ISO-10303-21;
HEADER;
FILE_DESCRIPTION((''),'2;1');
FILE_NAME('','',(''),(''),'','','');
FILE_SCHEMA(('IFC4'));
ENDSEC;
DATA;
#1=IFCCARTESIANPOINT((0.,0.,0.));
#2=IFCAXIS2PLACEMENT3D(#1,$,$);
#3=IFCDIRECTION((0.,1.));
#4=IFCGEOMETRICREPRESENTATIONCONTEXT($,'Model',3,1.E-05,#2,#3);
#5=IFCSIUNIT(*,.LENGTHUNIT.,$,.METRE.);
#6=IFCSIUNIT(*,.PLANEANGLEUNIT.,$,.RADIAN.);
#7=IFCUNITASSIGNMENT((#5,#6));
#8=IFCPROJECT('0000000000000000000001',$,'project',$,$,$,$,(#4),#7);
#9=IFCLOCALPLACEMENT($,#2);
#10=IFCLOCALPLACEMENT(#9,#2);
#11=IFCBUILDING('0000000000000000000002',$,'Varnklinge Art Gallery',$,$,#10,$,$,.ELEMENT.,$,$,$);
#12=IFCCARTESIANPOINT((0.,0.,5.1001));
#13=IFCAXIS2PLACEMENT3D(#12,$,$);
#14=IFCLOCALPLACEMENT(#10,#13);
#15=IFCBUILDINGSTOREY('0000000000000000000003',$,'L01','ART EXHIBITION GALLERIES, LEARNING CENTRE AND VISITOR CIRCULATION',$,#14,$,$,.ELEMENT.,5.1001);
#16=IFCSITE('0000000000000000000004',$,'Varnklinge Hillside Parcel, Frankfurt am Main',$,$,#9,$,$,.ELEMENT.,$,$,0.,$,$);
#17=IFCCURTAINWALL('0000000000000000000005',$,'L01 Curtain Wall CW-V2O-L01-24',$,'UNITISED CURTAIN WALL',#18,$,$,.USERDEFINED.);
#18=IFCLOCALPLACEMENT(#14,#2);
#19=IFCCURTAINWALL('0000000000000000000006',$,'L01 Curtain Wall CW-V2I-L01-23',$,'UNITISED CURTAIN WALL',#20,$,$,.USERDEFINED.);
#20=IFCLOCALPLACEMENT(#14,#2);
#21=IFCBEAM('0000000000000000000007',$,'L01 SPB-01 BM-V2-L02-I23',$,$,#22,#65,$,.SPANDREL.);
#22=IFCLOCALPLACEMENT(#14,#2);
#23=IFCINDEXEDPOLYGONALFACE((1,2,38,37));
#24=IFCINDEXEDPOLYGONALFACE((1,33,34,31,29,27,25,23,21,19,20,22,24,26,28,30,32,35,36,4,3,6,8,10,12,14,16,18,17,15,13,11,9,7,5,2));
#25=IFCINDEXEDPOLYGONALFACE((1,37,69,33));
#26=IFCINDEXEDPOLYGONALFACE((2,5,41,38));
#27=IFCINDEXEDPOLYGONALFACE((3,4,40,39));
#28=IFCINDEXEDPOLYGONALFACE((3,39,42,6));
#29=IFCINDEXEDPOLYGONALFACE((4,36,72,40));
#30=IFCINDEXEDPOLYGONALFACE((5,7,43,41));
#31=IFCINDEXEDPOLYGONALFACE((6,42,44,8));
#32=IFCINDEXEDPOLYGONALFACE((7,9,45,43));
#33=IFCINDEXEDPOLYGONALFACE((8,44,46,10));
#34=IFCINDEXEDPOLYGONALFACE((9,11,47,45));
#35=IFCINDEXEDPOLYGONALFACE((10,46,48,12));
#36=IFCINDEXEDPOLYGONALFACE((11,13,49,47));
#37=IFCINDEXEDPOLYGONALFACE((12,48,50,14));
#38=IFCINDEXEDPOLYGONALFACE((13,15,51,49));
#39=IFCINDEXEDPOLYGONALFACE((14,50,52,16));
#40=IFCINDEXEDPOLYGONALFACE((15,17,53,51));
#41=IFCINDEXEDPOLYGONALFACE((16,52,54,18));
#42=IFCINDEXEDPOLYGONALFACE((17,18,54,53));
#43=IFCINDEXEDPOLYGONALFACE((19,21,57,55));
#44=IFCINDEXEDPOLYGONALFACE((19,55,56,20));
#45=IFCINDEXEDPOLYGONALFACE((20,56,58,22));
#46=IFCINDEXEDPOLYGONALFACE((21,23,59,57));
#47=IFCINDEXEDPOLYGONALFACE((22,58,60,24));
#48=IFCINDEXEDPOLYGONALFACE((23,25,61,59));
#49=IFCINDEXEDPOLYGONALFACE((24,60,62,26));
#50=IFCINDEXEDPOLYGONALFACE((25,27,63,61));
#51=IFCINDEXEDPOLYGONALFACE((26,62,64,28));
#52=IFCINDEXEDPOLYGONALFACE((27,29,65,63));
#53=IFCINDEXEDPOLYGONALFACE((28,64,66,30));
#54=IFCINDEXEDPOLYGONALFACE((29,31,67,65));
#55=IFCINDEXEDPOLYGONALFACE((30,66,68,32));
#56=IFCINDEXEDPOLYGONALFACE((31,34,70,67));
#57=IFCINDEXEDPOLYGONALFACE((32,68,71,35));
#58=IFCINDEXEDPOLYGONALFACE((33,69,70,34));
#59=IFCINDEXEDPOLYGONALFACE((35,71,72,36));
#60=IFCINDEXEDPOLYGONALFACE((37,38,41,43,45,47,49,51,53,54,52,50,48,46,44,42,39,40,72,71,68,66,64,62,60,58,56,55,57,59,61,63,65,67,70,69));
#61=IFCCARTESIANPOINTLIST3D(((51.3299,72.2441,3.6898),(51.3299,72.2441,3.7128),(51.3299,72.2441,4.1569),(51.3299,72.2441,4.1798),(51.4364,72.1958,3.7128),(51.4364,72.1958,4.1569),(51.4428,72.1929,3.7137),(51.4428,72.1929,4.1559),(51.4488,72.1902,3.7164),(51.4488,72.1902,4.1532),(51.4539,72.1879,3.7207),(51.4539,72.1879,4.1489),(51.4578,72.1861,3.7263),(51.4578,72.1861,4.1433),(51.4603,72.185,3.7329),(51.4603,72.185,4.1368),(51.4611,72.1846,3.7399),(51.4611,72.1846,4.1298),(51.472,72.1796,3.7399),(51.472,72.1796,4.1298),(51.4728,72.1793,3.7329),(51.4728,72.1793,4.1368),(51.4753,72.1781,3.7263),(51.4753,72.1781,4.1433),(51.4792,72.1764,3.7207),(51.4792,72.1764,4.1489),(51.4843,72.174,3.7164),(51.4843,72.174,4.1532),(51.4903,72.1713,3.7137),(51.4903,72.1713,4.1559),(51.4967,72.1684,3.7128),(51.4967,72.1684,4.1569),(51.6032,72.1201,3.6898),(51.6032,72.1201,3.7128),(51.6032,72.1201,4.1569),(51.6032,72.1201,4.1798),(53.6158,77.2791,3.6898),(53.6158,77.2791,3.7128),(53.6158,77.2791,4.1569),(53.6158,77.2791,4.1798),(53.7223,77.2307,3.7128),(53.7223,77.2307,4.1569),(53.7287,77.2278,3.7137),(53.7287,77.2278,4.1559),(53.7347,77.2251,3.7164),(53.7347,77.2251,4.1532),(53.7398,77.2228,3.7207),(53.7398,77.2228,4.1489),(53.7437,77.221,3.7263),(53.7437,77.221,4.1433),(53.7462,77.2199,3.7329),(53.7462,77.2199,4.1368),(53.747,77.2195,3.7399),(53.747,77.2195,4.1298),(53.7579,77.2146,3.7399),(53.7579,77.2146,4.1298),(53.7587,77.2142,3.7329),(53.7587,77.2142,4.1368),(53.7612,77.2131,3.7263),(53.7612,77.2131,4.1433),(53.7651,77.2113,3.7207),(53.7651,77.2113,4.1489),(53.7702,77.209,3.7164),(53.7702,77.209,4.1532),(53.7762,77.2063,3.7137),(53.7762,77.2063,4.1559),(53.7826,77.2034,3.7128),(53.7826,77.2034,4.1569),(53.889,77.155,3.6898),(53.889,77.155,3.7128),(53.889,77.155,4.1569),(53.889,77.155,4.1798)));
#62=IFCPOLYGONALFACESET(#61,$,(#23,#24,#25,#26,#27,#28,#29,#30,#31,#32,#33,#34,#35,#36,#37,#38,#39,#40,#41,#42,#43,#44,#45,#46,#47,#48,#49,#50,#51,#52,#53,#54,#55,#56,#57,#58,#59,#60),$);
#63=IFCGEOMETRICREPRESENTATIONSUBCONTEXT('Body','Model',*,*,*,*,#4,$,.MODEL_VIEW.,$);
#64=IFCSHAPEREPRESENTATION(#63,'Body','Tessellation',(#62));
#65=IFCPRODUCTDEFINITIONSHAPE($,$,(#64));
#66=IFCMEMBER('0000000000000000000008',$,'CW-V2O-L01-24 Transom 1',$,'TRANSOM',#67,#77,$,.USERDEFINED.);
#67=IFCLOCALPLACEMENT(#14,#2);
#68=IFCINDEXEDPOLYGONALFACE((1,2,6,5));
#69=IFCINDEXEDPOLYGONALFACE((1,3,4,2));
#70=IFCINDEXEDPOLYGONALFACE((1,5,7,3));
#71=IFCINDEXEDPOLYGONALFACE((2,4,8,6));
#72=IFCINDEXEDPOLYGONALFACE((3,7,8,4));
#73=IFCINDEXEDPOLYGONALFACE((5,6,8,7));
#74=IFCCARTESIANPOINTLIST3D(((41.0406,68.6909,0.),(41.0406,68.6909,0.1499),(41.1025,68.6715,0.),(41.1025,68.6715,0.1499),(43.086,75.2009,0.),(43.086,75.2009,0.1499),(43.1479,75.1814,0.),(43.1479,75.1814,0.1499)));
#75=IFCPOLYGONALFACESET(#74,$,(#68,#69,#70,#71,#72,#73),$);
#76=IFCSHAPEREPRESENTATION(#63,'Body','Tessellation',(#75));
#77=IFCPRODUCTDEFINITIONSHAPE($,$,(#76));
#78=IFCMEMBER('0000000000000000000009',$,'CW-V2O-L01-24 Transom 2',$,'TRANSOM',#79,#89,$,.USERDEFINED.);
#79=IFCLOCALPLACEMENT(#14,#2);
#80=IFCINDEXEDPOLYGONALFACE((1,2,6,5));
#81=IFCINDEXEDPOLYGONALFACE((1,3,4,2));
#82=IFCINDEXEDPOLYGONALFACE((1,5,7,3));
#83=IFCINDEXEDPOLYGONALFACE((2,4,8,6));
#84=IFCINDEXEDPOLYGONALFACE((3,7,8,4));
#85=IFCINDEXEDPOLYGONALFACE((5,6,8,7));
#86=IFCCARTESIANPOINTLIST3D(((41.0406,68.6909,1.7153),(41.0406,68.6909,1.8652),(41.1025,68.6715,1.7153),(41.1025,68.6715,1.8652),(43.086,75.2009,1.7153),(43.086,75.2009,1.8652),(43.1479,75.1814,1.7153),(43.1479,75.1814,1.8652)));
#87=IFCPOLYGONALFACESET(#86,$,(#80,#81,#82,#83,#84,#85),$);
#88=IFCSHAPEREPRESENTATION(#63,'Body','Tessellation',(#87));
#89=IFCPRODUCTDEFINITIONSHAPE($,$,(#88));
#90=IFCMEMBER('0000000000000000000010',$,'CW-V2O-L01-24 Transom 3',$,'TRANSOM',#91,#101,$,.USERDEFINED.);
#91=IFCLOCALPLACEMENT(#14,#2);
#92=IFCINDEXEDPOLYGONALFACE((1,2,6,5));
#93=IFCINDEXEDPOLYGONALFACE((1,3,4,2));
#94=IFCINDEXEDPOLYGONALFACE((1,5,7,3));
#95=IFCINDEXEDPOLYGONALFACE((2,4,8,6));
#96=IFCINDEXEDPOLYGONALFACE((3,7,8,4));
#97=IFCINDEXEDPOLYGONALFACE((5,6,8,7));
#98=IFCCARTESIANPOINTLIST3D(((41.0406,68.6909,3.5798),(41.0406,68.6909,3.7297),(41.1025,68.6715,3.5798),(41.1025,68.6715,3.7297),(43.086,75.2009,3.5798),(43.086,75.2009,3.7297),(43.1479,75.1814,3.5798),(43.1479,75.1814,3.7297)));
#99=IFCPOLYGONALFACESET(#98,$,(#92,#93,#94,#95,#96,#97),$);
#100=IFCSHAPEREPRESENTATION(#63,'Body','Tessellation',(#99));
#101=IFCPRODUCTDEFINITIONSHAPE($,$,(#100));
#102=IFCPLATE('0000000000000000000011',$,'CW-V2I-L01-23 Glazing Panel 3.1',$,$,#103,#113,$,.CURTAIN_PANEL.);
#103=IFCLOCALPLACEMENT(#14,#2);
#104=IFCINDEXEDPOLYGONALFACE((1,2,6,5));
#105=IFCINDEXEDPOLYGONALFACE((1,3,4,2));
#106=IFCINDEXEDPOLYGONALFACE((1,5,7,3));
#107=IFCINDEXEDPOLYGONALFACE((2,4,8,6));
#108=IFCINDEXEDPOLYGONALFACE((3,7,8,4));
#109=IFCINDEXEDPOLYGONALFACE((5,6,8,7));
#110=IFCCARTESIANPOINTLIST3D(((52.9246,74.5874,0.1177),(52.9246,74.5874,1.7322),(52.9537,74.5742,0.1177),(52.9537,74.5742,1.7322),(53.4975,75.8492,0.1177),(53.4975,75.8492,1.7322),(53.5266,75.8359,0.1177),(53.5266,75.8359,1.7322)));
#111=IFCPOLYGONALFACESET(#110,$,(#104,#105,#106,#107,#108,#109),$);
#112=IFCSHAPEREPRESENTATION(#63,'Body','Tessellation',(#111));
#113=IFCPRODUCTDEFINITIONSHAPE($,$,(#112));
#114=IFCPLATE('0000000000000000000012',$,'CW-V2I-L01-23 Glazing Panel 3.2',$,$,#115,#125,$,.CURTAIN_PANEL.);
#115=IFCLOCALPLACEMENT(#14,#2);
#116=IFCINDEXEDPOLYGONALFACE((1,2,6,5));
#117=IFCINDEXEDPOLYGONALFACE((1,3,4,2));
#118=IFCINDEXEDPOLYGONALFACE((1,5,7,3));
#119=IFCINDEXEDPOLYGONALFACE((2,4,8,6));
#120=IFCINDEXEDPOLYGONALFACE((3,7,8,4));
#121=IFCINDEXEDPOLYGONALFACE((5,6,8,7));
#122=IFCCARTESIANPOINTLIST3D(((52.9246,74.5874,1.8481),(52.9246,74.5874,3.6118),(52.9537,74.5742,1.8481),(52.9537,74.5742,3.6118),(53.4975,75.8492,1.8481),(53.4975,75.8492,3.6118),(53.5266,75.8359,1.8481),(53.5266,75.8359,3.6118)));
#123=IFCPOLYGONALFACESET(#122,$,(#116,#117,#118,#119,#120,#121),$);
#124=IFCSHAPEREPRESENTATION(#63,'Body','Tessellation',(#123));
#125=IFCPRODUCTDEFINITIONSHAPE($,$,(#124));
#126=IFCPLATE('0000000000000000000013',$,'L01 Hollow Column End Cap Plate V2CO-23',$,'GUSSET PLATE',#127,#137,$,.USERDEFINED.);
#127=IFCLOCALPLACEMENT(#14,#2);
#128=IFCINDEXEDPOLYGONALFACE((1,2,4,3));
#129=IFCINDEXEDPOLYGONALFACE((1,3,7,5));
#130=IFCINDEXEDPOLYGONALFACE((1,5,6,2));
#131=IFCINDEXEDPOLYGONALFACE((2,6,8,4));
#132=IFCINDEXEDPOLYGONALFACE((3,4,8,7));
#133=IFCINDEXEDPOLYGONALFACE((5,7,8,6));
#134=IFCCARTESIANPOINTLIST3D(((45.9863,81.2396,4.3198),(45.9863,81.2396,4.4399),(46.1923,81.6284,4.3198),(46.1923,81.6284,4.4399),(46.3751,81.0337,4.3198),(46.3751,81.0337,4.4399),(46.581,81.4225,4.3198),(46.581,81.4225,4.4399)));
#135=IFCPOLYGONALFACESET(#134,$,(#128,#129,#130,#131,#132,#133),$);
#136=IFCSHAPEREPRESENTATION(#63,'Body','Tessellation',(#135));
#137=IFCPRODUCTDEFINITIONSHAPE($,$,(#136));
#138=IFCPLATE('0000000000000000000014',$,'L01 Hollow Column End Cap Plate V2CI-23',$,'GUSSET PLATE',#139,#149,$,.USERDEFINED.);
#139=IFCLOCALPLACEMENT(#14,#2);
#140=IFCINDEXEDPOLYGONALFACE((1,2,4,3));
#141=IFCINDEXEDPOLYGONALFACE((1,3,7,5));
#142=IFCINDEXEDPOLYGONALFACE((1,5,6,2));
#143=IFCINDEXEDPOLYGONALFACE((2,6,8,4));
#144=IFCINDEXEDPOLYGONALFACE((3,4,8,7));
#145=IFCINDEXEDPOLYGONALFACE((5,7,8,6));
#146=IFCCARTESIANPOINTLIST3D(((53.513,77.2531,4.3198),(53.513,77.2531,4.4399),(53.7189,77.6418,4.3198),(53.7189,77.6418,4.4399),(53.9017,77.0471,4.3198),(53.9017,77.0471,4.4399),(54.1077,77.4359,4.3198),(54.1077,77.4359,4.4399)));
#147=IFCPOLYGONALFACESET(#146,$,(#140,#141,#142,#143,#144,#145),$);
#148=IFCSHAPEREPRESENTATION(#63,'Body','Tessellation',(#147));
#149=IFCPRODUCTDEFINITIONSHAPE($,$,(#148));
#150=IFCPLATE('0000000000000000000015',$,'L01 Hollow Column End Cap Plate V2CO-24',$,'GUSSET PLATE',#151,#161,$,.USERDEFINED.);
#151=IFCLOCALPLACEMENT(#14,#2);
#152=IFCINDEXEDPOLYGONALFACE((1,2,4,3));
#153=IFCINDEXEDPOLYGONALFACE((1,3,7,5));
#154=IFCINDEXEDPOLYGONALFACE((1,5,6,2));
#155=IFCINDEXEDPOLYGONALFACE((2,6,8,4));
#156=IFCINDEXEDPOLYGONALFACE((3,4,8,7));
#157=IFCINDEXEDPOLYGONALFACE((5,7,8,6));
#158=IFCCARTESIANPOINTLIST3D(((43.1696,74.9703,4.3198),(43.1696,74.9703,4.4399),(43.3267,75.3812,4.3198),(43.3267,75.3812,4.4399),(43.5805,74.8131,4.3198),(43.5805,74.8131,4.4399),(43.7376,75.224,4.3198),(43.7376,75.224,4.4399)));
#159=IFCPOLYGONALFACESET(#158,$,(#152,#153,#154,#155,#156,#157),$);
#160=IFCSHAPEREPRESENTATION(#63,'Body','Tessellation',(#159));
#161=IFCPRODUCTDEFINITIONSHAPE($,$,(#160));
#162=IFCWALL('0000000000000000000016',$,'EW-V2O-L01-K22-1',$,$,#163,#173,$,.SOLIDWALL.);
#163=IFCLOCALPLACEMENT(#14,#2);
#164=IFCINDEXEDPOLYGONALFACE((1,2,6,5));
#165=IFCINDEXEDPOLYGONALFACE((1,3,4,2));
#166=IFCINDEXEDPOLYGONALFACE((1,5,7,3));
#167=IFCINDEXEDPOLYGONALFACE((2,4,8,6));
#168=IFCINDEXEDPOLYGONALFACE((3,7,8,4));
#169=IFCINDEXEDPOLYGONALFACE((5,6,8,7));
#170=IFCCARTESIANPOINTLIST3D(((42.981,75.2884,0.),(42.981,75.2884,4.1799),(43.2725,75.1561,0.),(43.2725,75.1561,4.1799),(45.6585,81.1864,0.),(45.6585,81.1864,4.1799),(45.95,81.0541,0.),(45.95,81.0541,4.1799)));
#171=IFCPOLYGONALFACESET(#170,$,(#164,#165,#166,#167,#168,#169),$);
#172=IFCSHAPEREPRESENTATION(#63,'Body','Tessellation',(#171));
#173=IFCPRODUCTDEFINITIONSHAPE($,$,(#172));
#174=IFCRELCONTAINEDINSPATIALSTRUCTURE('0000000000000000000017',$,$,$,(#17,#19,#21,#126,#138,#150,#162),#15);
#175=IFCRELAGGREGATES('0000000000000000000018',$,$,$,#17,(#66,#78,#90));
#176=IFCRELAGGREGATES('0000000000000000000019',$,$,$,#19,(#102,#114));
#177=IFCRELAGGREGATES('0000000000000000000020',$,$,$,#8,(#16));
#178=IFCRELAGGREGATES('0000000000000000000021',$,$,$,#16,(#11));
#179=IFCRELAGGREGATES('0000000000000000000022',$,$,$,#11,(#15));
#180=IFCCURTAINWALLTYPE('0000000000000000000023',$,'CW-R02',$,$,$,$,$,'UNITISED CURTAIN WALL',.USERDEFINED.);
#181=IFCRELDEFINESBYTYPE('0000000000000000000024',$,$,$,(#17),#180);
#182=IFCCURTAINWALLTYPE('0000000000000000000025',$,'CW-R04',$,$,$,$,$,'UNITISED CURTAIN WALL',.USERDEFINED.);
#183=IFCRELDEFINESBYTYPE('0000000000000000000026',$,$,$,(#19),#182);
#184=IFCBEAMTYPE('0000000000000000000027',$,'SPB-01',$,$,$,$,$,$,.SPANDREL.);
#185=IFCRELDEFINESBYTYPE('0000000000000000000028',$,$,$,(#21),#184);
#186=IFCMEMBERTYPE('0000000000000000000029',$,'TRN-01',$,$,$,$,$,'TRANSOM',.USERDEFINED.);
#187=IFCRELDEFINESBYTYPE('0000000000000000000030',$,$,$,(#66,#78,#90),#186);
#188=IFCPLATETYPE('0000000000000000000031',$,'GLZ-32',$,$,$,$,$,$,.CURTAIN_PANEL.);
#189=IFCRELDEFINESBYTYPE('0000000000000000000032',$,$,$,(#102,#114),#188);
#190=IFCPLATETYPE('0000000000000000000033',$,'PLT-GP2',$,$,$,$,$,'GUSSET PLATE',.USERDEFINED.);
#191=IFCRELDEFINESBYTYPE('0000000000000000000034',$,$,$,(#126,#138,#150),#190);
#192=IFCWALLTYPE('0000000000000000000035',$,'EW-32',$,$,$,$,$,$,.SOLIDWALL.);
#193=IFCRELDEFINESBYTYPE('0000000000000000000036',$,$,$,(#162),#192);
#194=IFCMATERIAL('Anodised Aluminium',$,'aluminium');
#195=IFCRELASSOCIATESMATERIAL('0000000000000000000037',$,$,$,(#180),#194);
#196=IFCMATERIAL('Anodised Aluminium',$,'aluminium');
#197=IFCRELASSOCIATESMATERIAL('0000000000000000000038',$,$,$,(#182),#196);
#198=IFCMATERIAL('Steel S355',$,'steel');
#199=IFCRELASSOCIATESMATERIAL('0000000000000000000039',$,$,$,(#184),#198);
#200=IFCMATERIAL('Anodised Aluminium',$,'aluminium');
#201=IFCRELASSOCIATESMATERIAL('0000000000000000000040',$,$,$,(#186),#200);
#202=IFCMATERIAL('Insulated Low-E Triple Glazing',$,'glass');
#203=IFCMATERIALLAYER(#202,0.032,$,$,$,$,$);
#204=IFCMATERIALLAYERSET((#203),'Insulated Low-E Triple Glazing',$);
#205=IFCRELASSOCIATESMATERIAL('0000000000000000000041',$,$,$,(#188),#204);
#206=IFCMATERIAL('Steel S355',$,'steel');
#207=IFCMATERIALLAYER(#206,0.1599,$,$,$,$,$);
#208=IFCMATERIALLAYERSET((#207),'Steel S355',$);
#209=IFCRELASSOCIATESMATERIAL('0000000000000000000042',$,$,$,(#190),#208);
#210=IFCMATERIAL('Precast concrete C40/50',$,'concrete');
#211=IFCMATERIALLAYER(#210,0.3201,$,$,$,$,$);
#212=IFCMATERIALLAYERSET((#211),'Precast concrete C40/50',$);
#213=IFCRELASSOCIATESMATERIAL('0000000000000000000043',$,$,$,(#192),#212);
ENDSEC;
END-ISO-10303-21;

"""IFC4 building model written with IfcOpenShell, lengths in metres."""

from ifc_helpers import new_model, si_unit, direction, frame, frame_2d, origin, origin_2d, place, context, subcontext, project, spatial, rectangle, i_section, extrude, material, layer, layer_set, material_profile, profile_set, type_object, element, aggregate, save


model = new_model("IFC4")

# Units and contexts
model_context = context("Model", 3, precision=1e-05, world=origin(), true_north=direction((0.0, 1.0)))
body_context = subcontext(model_context, "Body", "Model", "MODEL_VIEW")
ifc_project = project(units=[si_unit("LENGTHUNIT", "METRE"), si_unit("PLANEANGLEUNIT", "RADIAN")], contexts=[model_context])

# Site, building, storey
site_placement = place(None, origin())
site = spatial("IfcSite", under=ifc_project, at=site_placement, Name="Varnklinge Hillside Parcel, Frankfurt am Main", CompositionType="ELEMENT", RefElevation=0.0)
building_placement = place(site_placement, origin())
building = spatial("IfcBuilding", under=site, at=building_placement, Name="Varnklinge Art Gallery", CompositionType="ELEMENT")
storey_placement = place(building_placement, frame((0.0, 0.0, 5.1001)))
storey = spatial("IfcBuildingStorey", under=building, at=storey_placement, Name="L01", Description="ART EXHIBITION GALLERIES, LEARNING CENTRE AND VISITOR CIRCULATION", CompositionType="ELEMENT", Elevation=5.1001)

# Curtain walls
ifc_material_1 = material(Name="Anodised Aluminium", Category="aluminium")
curtain_wall_type_1 = type_object("IfcCurtainWallType", Name="CW-R02", ElementType="UNITISED CURTAIN WALL", PredefinedType="USERDEFINED", material=ifc_material_1)
curtain_wall_1_placement = place(storey_placement, origin())
curtain_wall_1 = element("IfcCurtainWall", 1, at=curtain_wall_1_placement, inside=storey, type_object=curtain_wall_type_1, Name="L01 Curtain Wall CW-V2O-L01-24", ObjectType="UNITISED CURTAIN WALL", PredefinedType="USERDEFINED")
ifc_material_2 = material(Name="Anodised Aluminium", Category="aluminium")
curtain_wall_type_2 = type_object("IfcCurtainWallType", Name="CW-R04", ElementType="UNITISED CURTAIN WALL", PredefinedType="USERDEFINED", material=ifc_material_2)
curtain_wall_2_placement = place(storey_placement, origin())
curtain_wall_2 = element("IfcCurtainWall", 2, at=curtain_wall_2_placement, inside=storey, type_object=curtain_wall_type_2, Name="L01 Curtain Wall CW-V2I-L01-23", ObjectType="UNITISED CURTAIN WALL", PredefinedType="USERDEFINED")

# Beam
ifc_material_3 = material(Name="Steel S355", Category="steel")
ifc_material_profile_1 = material_profile(ifc_material_3, i_section(OverallWidth=0.3, OverallDepth=0.49, WebThickness=0.012, FlangeThickness=0.0229, FilletRadius=0.0271, at=origin_2d()), Name="HEA 500")
ifc_profile_set_1 = profile_set([ifc_material_profile_1], Name="Steel S355")
beam_type_1 = type_object("IfcBeamType", Name="SPB-01", PredefinedType="SPANDREL", material=ifc_profile_set_1)
beam_1_placement = place(storey_placement, frame((53.7524, 77.217, 3.9348), z_axis=(-0.413397, -0.910551, 0.0), x_axis=(0.910551, -0.413397, 0.0)))
element("IfcBeam", 3, at=beam_1_placement, inside=storey, type_object=beam_type_1, Name="L01 SPB-01 BM-V2-L02-I23", PredefinedType="SPANDREL", context=body_context, shape_type="SweptSolid", body=[
    extrude(i_section(OverallWidth=0.3, OverallDepth=0.49, WebThickness=0.012, FlangeThickness=0.0229, FilletRadius=0.0271, at=origin_2d()), origin(), (0.0, 0.0, 1.0), 5.5295),
])

# Members
ifc_material_4 = material(Name="Anodised Aluminium", Category="aluminium")
ifc_material_profile_2 = material_profile(ifc_material_4, rectangle(XDim=0.0649, YDim=0.1499, at=origin_2d()), Name="ALU 65x150")
ifc_profile_set_2 = profile_set([ifc_material_profile_2], Name="Anodised Aluminium")
member_type_1 = type_object("IfcMemberType", Name="TRN-01", ElementType="TRANSOM", PredefinedType="USERDEFINED", material=ifc_profile_set_2)
member_1_placement = place(storey_placement, frame((43.1169, 75.1912, 0.075), z_axis=(-0.299748, -0.954019, 0.0), x_axis=(0.954019, -0.299748, 0.0)))
member_1 = element("IfcMember", 4, at=member_1_placement, type_object=member_type_1, Name="CW-V2O-L01-24 Transom 1", ObjectType="TRANSOM", PredefinedType="USERDEFINED", context=body_context, shape_type="SweptSolid", body=[
    extrude(rectangle(XDim=0.0649, YDim=0.1499, at=origin_2d()), origin(), (0.0, 0.0, 1.0), 6.8237),
])
member_2_placement = place(storey_placement, frame((43.1169, 75.1912, 1.7903), z_axis=(-0.299748, -0.954019, 0.0), x_axis=(0.954019, -0.299748, 0.0)))
member_2 = element("IfcMember", 5, at=member_2_placement, type_object=member_type_1, Name="CW-V2O-L01-24 Transom 2", ObjectType="TRANSOM", PredefinedType="USERDEFINED", context=body_context, shape_type="SweptSolid", body=[
    extrude(rectangle(XDim=0.0649, YDim=0.1499, at=origin_2d()), origin(), (0.0, 0.0, 1.0), 6.8237),
])
member_3_placement = place(storey_placement, frame((43.1169, 75.1912, 3.6548), z_axis=(-0.299748, -0.954019, 0.0), x_axis=(0.954019, -0.299748, 0.0)))
member_3 = element("IfcMember", 6, at=member_3_placement, type_object=member_type_1, Name="CW-V2O-L01-24 Transom 3", ObjectType="TRANSOM", PredefinedType="USERDEFINED", context=body_context, shape_type="SweptSolid", body=[
    extrude(rectangle(XDim=0.0649, YDim=0.1499, at=origin_2d()), origin(), (0.0, 0.0, 1.0), 6.8237),
])
aggregate(curtain_wall_1, [member_1, member_2, member_3])

# Plates
ifc_material_5 = material(Name="Insulated Low-E Triple Glazing", Category="glass")
ifc_layer_1 = layer(ifc_material_5, 0.032)
ifc_layer_set_1 = layer_set([ifc_layer_1], Name="Insulated Low-E Triple Glazing")
plate_type_1 = type_object("IfcPlateType", Name="GLZ-32", PredefinedType="CURTAIN_PANEL", material=ifc_layer_set_1)
plate_1_placement = place(storey_placement, frame((53.2256, 75.2117, 0.1177), z_axis=(0.0, 0.0, 1.0), x_axis=(0.413422, 0.910539, 0.0)))
plate_1 = element("IfcPlate", 7, at=plate_1_placement, type_object=plate_type_1, Name="CW-V2I-L01-23 Glazing Panel 3.1", PredefinedType="CURTAIN_PANEL", context=body_context, shape_type="SweptSolid", body=[
    extrude(rectangle(XDim=1.3857, YDim=0.032, at=origin_2d()), origin(), (0.0, 0.0, 1.0), 1.6145),
])
plate_2_placement = place(storey_placement, frame((53.2256, 75.2117, 1.8481), z_axis=(0.0, 0.0, 1.0), x_axis=(0.413422, 0.910539, 0.0)))
plate_2 = element("IfcPlate", 8, at=plate_2_placement, type_object=plate_type_1, Name="CW-V2I-L01-23 Glazing Panel 3.2", PredefinedType="CURTAIN_PANEL", context=body_context, shape_type="SweptSolid", body=[
    extrude(rectangle(XDim=1.3857, YDim=0.032, at=origin_2d()), origin(), (0.0, 0.0, 1.0), 1.7637),
])
aggregate(curtain_wall_2, [plate_1, plate_2])

# Plates
ifc_material_6 = material(Name="Steel S355", Category="steel")
ifc_layer_2 = layer(ifc_material_6, 0.1599)
ifc_layer_set_2 = layer_set([ifc_layer_2], Name="Steel S355")
plate_type_2 = type_object("IfcPlateType", Name="PLT-GP2", ElementType="GUSSET PLATE", PredefinedType="USERDEFINED", material=ifc_layer_set_2)
for number, where, z_axis, x_axis, name in (
    (9, (46.2837, 81.3311, 4.3198), (0.0, 0.0, 1.0), (0.883684, -0.468084, 0.0), "L01 Hollow Column End Cap Plate V2CO-23"),
    (10, (53.8103, 77.3445, 4.3198), (0.0, 0.0, 1.0), (0.883684, -0.468084, 0.0), "L01 Hollow Column End Cap Plate V2CI-23"),
    (11, (43.4536, 75.0972, 4.3198), (0.0, 0.0, 1.0), (0.934018, -0.357227, 0.0), "L01 Hollow Column End Cap Plate V2CO-24"),
):
    element("IfcPlate", number, at=place(storey_placement, frame(where, z_axis=z_axis, x_axis=x_axis)), inside=storey, type_object=plate_type_2, Name=name, ObjectType="GUSSET PLATE", PredefinedType="USERDEFINED", context=body_context, shape_type="SweptSolid", body=[
        extrude(rectangle(XDim=0.4399, YDim=0.4399, at=origin_2d()), origin(), (0.0, 0.0, 1.0), 0.1201),
    ])

# Wall
ifc_material_7 = material(Name="Precast concrete C40/50", Category="concrete")
ifc_layer_3 = layer(ifc_material_7, 0.3201)
ifc_layer_set_3 = layer_set([ifc_layer_3], Name="Precast concrete C40/50")
wall_type = type_object("IfcWallType", Name="EW-32", PredefinedType="SOLIDWALL", material=ifc_layer_set_3)
wall_1_placement = place(storey_placement, frame((43.1267, 75.2222, 0.0), z_axis=(0.0, 0.0, 1.0), x_axis=(0.413368, 0.910564, 0.0)))
element("IfcWall", 12, at=wall_1_placement, inside=storey, type_object=wall_type, Name="EW-V2O-L01-K22-1", PredefinedType="SOLIDWALL", context=body_context, shape_type="SweptSolid", body=[
    extrude(rectangle(XDim=6.4773, YDim=0.3201, at=frame_2d((3.2388, 0.0))), origin(), (0.0, 0.0, 1.0), 4.1799),
])

save(model, "model.ifc")
